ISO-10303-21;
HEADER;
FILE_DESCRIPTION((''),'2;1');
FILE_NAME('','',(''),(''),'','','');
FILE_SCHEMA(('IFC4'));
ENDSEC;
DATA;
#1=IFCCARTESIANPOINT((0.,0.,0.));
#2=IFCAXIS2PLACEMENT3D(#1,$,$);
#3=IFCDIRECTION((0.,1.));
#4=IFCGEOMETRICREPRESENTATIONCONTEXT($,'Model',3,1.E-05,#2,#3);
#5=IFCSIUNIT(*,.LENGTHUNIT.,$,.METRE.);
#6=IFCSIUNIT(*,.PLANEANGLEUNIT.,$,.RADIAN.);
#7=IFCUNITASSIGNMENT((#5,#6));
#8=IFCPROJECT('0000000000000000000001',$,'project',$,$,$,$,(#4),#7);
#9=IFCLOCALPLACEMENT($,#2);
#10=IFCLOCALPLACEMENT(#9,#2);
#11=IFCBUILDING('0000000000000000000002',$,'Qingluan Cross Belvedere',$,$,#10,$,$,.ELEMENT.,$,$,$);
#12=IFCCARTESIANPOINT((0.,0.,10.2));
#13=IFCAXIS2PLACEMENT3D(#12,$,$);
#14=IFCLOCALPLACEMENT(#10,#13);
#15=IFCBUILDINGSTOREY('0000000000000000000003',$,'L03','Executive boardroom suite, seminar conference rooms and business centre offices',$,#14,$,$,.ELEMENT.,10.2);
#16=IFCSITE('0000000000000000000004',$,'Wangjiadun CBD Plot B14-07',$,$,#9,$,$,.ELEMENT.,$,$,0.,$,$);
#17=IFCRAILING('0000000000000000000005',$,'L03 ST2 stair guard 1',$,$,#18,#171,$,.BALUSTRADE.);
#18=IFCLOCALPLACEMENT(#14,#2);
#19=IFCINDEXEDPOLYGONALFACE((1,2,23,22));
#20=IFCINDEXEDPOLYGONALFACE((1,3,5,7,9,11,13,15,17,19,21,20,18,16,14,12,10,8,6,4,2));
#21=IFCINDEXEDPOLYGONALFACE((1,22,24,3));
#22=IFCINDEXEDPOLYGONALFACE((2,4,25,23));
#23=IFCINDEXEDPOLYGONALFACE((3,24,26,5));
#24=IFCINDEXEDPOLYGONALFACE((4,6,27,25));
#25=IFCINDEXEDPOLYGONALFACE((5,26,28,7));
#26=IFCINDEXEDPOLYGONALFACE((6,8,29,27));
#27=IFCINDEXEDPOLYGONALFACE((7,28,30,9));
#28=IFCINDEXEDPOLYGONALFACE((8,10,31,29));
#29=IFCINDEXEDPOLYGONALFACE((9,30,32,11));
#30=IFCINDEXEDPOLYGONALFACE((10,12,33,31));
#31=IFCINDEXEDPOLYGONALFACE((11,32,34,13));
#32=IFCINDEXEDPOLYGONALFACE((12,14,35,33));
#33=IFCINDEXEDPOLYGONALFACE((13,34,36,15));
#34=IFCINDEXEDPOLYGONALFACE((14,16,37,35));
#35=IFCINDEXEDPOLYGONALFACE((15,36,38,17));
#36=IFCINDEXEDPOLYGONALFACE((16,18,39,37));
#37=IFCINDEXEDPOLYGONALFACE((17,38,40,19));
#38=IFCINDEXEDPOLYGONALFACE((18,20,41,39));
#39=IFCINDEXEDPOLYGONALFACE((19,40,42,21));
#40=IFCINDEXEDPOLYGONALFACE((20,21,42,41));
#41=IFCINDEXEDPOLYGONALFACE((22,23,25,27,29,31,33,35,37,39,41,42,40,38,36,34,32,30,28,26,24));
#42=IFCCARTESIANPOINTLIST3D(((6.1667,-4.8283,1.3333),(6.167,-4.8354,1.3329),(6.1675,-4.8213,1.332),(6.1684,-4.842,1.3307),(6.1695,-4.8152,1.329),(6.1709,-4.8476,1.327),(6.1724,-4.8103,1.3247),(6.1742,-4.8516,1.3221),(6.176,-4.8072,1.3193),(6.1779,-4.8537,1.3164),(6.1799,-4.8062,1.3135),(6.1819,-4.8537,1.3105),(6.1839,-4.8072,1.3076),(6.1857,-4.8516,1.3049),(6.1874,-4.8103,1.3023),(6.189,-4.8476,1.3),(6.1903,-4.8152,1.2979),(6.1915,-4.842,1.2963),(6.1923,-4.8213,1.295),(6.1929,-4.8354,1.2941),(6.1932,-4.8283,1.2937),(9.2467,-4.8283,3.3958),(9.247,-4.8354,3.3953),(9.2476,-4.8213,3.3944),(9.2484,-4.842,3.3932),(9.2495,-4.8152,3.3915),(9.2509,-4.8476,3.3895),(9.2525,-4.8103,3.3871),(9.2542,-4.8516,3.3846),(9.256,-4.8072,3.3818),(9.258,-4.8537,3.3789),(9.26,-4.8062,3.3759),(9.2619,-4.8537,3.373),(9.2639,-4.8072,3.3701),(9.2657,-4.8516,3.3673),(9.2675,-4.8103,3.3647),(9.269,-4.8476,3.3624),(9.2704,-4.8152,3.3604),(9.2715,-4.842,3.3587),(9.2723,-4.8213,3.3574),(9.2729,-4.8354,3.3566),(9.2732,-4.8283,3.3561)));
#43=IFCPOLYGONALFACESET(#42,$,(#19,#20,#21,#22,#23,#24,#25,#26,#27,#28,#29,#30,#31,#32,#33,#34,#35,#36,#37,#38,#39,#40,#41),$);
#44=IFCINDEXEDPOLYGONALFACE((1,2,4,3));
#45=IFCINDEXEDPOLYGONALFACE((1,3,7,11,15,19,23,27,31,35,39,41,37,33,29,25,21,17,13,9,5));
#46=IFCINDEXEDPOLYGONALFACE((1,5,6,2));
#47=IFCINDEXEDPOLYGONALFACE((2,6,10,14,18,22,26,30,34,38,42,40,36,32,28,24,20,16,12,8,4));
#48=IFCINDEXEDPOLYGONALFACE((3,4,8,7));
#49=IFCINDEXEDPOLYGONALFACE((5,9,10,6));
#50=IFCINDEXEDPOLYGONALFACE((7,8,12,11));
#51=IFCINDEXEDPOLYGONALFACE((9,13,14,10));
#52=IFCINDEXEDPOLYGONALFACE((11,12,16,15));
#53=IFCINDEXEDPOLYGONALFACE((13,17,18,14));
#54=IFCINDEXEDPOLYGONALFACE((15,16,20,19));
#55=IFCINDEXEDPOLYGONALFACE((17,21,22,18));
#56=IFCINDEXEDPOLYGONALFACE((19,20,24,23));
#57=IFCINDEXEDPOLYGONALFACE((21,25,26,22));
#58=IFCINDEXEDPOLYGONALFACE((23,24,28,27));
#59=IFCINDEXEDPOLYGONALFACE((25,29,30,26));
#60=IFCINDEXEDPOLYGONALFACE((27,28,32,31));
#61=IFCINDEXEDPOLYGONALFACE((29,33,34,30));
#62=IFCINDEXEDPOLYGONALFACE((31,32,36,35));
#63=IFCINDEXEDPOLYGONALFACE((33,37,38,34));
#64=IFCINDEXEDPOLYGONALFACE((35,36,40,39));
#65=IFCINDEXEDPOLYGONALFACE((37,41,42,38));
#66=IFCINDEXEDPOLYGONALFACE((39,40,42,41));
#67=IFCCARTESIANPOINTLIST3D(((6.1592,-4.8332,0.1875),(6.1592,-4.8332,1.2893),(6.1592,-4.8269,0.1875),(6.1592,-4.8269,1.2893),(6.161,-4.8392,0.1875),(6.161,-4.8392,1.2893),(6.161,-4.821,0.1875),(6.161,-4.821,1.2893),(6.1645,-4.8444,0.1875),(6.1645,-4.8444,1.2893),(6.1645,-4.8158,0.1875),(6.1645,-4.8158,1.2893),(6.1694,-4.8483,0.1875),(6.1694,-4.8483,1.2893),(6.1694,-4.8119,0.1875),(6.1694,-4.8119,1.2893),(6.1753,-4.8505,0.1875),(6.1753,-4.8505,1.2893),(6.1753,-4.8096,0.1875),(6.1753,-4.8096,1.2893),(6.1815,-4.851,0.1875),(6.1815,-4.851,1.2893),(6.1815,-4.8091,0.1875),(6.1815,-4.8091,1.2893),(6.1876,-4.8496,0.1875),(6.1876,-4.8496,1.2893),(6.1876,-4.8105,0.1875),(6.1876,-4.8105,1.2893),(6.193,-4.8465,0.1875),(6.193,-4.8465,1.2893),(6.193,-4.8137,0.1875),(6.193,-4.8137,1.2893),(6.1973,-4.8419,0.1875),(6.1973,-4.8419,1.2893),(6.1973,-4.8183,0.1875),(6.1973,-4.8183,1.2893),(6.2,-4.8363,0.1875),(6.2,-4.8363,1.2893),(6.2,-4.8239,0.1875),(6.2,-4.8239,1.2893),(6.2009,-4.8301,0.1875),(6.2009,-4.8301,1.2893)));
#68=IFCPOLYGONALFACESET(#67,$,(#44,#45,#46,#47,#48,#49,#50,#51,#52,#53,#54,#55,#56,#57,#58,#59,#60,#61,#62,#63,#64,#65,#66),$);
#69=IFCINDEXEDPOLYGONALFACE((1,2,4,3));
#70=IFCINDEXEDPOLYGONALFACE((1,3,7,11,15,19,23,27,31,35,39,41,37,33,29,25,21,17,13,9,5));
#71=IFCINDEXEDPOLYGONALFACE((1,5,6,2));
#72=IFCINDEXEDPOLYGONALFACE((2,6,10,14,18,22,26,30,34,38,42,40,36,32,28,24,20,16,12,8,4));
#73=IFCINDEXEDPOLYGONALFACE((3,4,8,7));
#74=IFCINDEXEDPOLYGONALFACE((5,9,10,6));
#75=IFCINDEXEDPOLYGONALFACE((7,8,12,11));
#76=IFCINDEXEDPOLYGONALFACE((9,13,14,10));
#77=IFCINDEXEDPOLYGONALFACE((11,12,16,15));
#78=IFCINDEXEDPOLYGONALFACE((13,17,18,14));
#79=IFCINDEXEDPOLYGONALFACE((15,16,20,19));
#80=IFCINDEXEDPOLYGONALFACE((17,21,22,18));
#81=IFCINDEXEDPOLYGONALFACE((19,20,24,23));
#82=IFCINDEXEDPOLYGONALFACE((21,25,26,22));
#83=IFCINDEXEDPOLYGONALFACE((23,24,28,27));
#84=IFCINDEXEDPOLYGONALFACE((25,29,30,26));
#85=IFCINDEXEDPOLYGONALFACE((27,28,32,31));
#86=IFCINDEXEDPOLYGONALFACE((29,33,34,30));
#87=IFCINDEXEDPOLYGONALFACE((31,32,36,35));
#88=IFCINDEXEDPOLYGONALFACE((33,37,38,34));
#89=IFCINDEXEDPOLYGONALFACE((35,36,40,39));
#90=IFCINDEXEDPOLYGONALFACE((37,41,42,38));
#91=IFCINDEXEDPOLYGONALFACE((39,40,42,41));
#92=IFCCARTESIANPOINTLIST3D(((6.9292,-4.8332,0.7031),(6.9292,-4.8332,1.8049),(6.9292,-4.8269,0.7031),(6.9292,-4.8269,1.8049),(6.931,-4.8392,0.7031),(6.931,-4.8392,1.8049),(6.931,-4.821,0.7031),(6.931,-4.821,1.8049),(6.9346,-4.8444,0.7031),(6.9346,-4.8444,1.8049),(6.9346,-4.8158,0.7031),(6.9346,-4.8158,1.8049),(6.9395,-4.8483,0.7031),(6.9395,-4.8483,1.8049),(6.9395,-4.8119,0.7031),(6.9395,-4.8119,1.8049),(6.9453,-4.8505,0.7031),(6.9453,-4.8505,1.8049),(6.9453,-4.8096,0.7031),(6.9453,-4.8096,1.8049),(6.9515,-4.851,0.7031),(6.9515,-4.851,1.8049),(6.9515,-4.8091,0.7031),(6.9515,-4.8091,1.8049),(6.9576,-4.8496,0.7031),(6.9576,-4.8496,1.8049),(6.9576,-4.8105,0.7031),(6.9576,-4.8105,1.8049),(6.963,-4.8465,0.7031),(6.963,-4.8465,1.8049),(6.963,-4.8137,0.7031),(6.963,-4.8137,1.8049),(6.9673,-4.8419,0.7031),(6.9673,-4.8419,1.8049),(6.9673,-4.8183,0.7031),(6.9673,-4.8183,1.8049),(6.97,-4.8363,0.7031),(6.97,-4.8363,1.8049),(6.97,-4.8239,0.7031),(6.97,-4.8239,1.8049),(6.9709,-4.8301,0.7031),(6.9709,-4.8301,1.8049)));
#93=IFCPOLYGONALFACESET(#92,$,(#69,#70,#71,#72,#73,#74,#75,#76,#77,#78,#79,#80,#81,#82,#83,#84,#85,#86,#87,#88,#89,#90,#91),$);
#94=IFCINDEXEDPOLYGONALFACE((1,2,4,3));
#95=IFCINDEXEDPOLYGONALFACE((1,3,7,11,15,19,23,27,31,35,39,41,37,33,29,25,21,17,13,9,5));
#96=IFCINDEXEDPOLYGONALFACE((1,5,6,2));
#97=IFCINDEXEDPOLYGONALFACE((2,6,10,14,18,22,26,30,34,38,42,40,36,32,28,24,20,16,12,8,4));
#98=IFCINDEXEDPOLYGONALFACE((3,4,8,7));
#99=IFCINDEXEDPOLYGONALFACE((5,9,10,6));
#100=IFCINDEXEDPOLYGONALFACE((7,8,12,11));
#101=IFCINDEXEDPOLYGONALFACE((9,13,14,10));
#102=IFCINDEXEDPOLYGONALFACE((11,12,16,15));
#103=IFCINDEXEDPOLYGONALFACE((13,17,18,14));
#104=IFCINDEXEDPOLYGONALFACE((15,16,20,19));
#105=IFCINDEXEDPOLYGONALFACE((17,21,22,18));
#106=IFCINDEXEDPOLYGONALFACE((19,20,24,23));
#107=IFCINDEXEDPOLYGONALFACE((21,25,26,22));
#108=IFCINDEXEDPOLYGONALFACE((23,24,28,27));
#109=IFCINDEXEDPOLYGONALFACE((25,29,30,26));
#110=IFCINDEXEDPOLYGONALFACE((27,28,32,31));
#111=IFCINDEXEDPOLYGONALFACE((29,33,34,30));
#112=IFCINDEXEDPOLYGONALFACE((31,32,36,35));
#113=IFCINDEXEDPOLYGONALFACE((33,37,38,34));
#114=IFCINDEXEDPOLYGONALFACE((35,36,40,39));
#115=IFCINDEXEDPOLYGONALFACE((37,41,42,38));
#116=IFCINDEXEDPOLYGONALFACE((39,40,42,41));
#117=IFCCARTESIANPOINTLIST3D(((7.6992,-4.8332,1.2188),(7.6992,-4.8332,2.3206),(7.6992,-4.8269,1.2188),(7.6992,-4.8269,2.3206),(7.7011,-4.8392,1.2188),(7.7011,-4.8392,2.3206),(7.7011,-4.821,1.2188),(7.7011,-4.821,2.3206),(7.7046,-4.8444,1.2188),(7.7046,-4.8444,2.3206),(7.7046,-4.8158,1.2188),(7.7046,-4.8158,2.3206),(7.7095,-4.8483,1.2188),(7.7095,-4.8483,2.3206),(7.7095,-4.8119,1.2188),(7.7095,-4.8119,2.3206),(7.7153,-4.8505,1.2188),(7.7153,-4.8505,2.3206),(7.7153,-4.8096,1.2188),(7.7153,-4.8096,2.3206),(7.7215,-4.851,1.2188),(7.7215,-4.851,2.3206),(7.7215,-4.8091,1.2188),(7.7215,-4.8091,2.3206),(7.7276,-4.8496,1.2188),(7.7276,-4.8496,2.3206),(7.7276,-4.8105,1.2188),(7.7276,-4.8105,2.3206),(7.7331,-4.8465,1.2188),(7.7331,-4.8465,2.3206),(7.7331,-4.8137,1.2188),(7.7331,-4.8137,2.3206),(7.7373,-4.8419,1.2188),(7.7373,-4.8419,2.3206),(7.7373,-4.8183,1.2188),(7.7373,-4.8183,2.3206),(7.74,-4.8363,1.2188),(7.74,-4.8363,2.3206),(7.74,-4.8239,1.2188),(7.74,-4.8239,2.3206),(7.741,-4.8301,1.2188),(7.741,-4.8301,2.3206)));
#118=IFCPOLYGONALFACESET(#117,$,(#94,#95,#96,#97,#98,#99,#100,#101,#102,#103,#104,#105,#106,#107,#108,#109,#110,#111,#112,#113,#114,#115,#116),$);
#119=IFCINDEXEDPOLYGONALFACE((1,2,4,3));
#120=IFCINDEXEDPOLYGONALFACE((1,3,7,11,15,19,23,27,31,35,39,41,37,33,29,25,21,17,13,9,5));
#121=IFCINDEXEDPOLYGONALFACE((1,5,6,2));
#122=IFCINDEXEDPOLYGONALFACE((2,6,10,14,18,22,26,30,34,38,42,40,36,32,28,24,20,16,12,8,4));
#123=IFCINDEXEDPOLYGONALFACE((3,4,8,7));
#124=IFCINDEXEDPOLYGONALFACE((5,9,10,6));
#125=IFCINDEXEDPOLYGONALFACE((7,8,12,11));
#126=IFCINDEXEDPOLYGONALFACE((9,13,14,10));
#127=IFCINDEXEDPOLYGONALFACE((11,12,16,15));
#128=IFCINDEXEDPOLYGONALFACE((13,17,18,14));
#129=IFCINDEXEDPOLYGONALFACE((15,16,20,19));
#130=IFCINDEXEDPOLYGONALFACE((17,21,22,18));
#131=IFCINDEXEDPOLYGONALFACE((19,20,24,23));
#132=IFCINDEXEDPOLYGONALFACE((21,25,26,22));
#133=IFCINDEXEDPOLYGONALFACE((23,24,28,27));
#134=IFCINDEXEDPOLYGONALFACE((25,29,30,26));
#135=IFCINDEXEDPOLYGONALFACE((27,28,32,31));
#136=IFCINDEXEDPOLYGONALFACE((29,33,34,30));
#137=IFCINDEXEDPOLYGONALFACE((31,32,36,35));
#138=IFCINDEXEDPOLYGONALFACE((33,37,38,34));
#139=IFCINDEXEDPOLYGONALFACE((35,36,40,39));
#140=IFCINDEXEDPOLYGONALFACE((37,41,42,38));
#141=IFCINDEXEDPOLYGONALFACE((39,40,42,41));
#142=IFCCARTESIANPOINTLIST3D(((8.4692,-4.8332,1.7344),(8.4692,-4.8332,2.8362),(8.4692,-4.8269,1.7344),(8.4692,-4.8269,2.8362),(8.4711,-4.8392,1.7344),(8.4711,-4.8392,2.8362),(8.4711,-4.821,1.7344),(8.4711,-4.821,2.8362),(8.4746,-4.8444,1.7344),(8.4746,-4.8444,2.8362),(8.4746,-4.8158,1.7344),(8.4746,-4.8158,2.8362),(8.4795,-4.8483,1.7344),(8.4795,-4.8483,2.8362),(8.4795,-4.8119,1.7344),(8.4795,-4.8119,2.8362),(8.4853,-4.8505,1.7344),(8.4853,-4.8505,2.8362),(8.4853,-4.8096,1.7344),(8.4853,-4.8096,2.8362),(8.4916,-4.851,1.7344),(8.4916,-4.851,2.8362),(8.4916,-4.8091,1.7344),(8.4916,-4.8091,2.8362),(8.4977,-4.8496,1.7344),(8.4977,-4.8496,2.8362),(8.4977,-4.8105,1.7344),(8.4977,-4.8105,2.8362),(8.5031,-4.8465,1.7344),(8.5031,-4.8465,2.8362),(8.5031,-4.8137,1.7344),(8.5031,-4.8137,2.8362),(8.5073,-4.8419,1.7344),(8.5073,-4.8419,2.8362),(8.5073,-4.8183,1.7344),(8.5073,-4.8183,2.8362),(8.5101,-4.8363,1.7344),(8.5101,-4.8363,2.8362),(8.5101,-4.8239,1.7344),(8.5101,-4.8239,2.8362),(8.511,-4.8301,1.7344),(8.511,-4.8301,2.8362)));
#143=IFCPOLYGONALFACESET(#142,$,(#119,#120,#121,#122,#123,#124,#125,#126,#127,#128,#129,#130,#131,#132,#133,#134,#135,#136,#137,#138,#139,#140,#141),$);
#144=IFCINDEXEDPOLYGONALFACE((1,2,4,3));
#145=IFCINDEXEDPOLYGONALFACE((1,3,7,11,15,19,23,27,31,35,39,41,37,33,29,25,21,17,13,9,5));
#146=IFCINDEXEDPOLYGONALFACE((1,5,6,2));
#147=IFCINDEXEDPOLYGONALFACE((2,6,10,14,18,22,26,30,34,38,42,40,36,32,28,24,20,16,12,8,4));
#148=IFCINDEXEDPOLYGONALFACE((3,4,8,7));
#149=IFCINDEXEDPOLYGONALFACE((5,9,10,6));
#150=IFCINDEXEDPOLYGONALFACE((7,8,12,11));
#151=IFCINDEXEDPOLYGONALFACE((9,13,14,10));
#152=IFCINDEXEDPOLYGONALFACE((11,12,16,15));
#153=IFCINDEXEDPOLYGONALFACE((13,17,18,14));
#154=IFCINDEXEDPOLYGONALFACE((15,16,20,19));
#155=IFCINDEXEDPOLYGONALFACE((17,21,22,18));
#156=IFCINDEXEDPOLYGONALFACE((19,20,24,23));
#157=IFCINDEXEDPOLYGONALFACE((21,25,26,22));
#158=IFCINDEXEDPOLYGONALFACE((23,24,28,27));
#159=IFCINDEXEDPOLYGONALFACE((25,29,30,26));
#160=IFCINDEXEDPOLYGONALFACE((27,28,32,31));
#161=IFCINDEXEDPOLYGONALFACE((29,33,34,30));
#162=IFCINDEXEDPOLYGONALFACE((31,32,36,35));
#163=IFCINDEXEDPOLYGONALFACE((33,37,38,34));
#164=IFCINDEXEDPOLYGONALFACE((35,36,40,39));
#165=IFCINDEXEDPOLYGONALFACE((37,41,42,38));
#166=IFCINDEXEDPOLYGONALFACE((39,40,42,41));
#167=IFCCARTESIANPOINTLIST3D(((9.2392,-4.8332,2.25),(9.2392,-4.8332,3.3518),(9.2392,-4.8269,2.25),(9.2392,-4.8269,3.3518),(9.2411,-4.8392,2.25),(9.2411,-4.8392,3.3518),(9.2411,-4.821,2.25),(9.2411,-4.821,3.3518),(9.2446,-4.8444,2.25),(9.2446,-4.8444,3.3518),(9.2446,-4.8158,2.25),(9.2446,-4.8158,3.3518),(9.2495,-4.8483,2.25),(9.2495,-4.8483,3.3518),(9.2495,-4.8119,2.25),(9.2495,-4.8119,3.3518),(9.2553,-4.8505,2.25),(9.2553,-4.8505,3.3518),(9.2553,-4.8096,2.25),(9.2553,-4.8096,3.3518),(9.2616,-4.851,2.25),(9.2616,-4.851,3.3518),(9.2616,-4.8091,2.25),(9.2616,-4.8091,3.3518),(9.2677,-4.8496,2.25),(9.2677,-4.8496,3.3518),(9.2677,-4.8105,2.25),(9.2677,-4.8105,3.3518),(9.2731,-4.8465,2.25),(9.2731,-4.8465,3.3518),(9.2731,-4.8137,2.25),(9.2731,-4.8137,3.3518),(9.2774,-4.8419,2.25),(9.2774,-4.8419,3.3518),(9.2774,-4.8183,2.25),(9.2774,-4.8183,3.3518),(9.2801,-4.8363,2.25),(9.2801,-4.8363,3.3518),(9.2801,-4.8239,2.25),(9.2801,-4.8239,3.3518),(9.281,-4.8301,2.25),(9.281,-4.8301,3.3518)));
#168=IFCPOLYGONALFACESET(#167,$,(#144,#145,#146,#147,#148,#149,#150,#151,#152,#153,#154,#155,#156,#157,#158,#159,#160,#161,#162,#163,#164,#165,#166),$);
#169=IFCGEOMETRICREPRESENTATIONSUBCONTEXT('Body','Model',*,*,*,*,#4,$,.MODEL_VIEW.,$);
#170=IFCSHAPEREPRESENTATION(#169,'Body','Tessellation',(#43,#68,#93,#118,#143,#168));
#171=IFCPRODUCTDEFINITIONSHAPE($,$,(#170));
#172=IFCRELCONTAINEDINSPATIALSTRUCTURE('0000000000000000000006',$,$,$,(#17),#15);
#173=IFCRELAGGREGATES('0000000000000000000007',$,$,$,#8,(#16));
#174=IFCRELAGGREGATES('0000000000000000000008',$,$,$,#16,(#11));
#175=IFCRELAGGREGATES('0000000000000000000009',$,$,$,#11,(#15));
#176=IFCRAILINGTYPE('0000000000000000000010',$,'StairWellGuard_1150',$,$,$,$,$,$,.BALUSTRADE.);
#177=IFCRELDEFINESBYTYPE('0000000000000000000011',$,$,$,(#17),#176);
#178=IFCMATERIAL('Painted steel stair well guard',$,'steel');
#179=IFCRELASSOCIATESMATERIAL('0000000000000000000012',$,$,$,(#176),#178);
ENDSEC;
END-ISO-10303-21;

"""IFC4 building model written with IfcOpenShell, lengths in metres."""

from ifc_helpers import new_model, si_unit, direction, frame, origin, origin_2d, place, context, subcontext, project, spatial, circle, extrude, material, type_object, element, save


model = new_model("IFC4")

# Units and contexts
model_context = context("Model", 3, precision=1e-05, world=origin(), true_north=direction((0.0, 1.0)))
body_context = subcontext(model_context, "Body", "Model", "MODEL_VIEW")
ifc_project = project(units=[si_unit("LENGTHUNIT", "METRE"), si_unit("PLANEANGLEUNIT", "RADIAN")], contexts=[model_context])

# Site, building, storey
site_placement = place(None, origin())
site = spatial("IfcSite", under=ifc_project, at=site_placement, Name="Wangjiadun CBD Plot B14-07", CompositionType="ELEMENT", RefElevation=0.0)
building_placement = place(site_placement, origin())
building = spatial("IfcBuilding", under=site, at=building_placement, Name="Qingluan Cross Belvedere", CompositionType="ELEMENT")
storey_placement = place(building_placement, frame((0.0, 0.0, 10.2)))
storey = spatial("IfcBuildingStorey", under=building, at=storey_placement, Name="L03", Description="Executive boardroom suite, seminar conference rooms and business centre offices", CompositionType="ELEMENT", Elevation=10.2)

# Railing
ifc_material_1 = material(Name="Painted steel stair well guard", Category="steel")
railing_type_1 = type_object("IfcRailingType", Name="StairWellGuard_1150", PredefinedType="BALUSTRADE", material=ifc_material_1)
railing_1_placement = place(storey_placement, frame((6.1799, -4.8301, 0.1875)))
element("IfcRailing", 1, at=railing_1_placement, inside=storey, type_object=railing_type_1, Name="L03 ST2 stair guard 1", PredefinedType="BALUSTRADE", context=body_context, shape_type="SweptSolid", body=[
    extrude(circle(Radius=0.0239, at=origin_2d()), frame((0.0, 0.0, 1.126), z_axis=(0.830914, 0.0, 0.556401), x_axis=(0.0, 1.0, 0.0)), (0.0, 0.0, 1.0), 3.7068),
    extrude(circle(Radius=0.021, at=origin_2d()), origin(), (0.0, 0.0, 1.0), 1.1018),
    extrude(circle(Radius=0.021, at=origin_2d()), frame((0.77, 0.0, 0.5156)), (0.0, 0.0, 1.0), 1.1018),
    extrude(circle(Radius=0.021, at=origin_2d()), frame((1.54, 0.0, 1.0312)), (0.0, 0.0, 1.0), 1.1018),
    extrude(circle(Radius=0.021, at=origin_2d()), frame((2.3101, 0.0, 1.5469)), (0.0, 0.0, 1.0), 1.1018),
    extrude(circle(Radius=0.021, at=origin_2d()), frame((3.0801, 0.0, 2.0625)), (0.0, 0.0, 1.0), 1.1018),
])

save(model, "model.ifc")
